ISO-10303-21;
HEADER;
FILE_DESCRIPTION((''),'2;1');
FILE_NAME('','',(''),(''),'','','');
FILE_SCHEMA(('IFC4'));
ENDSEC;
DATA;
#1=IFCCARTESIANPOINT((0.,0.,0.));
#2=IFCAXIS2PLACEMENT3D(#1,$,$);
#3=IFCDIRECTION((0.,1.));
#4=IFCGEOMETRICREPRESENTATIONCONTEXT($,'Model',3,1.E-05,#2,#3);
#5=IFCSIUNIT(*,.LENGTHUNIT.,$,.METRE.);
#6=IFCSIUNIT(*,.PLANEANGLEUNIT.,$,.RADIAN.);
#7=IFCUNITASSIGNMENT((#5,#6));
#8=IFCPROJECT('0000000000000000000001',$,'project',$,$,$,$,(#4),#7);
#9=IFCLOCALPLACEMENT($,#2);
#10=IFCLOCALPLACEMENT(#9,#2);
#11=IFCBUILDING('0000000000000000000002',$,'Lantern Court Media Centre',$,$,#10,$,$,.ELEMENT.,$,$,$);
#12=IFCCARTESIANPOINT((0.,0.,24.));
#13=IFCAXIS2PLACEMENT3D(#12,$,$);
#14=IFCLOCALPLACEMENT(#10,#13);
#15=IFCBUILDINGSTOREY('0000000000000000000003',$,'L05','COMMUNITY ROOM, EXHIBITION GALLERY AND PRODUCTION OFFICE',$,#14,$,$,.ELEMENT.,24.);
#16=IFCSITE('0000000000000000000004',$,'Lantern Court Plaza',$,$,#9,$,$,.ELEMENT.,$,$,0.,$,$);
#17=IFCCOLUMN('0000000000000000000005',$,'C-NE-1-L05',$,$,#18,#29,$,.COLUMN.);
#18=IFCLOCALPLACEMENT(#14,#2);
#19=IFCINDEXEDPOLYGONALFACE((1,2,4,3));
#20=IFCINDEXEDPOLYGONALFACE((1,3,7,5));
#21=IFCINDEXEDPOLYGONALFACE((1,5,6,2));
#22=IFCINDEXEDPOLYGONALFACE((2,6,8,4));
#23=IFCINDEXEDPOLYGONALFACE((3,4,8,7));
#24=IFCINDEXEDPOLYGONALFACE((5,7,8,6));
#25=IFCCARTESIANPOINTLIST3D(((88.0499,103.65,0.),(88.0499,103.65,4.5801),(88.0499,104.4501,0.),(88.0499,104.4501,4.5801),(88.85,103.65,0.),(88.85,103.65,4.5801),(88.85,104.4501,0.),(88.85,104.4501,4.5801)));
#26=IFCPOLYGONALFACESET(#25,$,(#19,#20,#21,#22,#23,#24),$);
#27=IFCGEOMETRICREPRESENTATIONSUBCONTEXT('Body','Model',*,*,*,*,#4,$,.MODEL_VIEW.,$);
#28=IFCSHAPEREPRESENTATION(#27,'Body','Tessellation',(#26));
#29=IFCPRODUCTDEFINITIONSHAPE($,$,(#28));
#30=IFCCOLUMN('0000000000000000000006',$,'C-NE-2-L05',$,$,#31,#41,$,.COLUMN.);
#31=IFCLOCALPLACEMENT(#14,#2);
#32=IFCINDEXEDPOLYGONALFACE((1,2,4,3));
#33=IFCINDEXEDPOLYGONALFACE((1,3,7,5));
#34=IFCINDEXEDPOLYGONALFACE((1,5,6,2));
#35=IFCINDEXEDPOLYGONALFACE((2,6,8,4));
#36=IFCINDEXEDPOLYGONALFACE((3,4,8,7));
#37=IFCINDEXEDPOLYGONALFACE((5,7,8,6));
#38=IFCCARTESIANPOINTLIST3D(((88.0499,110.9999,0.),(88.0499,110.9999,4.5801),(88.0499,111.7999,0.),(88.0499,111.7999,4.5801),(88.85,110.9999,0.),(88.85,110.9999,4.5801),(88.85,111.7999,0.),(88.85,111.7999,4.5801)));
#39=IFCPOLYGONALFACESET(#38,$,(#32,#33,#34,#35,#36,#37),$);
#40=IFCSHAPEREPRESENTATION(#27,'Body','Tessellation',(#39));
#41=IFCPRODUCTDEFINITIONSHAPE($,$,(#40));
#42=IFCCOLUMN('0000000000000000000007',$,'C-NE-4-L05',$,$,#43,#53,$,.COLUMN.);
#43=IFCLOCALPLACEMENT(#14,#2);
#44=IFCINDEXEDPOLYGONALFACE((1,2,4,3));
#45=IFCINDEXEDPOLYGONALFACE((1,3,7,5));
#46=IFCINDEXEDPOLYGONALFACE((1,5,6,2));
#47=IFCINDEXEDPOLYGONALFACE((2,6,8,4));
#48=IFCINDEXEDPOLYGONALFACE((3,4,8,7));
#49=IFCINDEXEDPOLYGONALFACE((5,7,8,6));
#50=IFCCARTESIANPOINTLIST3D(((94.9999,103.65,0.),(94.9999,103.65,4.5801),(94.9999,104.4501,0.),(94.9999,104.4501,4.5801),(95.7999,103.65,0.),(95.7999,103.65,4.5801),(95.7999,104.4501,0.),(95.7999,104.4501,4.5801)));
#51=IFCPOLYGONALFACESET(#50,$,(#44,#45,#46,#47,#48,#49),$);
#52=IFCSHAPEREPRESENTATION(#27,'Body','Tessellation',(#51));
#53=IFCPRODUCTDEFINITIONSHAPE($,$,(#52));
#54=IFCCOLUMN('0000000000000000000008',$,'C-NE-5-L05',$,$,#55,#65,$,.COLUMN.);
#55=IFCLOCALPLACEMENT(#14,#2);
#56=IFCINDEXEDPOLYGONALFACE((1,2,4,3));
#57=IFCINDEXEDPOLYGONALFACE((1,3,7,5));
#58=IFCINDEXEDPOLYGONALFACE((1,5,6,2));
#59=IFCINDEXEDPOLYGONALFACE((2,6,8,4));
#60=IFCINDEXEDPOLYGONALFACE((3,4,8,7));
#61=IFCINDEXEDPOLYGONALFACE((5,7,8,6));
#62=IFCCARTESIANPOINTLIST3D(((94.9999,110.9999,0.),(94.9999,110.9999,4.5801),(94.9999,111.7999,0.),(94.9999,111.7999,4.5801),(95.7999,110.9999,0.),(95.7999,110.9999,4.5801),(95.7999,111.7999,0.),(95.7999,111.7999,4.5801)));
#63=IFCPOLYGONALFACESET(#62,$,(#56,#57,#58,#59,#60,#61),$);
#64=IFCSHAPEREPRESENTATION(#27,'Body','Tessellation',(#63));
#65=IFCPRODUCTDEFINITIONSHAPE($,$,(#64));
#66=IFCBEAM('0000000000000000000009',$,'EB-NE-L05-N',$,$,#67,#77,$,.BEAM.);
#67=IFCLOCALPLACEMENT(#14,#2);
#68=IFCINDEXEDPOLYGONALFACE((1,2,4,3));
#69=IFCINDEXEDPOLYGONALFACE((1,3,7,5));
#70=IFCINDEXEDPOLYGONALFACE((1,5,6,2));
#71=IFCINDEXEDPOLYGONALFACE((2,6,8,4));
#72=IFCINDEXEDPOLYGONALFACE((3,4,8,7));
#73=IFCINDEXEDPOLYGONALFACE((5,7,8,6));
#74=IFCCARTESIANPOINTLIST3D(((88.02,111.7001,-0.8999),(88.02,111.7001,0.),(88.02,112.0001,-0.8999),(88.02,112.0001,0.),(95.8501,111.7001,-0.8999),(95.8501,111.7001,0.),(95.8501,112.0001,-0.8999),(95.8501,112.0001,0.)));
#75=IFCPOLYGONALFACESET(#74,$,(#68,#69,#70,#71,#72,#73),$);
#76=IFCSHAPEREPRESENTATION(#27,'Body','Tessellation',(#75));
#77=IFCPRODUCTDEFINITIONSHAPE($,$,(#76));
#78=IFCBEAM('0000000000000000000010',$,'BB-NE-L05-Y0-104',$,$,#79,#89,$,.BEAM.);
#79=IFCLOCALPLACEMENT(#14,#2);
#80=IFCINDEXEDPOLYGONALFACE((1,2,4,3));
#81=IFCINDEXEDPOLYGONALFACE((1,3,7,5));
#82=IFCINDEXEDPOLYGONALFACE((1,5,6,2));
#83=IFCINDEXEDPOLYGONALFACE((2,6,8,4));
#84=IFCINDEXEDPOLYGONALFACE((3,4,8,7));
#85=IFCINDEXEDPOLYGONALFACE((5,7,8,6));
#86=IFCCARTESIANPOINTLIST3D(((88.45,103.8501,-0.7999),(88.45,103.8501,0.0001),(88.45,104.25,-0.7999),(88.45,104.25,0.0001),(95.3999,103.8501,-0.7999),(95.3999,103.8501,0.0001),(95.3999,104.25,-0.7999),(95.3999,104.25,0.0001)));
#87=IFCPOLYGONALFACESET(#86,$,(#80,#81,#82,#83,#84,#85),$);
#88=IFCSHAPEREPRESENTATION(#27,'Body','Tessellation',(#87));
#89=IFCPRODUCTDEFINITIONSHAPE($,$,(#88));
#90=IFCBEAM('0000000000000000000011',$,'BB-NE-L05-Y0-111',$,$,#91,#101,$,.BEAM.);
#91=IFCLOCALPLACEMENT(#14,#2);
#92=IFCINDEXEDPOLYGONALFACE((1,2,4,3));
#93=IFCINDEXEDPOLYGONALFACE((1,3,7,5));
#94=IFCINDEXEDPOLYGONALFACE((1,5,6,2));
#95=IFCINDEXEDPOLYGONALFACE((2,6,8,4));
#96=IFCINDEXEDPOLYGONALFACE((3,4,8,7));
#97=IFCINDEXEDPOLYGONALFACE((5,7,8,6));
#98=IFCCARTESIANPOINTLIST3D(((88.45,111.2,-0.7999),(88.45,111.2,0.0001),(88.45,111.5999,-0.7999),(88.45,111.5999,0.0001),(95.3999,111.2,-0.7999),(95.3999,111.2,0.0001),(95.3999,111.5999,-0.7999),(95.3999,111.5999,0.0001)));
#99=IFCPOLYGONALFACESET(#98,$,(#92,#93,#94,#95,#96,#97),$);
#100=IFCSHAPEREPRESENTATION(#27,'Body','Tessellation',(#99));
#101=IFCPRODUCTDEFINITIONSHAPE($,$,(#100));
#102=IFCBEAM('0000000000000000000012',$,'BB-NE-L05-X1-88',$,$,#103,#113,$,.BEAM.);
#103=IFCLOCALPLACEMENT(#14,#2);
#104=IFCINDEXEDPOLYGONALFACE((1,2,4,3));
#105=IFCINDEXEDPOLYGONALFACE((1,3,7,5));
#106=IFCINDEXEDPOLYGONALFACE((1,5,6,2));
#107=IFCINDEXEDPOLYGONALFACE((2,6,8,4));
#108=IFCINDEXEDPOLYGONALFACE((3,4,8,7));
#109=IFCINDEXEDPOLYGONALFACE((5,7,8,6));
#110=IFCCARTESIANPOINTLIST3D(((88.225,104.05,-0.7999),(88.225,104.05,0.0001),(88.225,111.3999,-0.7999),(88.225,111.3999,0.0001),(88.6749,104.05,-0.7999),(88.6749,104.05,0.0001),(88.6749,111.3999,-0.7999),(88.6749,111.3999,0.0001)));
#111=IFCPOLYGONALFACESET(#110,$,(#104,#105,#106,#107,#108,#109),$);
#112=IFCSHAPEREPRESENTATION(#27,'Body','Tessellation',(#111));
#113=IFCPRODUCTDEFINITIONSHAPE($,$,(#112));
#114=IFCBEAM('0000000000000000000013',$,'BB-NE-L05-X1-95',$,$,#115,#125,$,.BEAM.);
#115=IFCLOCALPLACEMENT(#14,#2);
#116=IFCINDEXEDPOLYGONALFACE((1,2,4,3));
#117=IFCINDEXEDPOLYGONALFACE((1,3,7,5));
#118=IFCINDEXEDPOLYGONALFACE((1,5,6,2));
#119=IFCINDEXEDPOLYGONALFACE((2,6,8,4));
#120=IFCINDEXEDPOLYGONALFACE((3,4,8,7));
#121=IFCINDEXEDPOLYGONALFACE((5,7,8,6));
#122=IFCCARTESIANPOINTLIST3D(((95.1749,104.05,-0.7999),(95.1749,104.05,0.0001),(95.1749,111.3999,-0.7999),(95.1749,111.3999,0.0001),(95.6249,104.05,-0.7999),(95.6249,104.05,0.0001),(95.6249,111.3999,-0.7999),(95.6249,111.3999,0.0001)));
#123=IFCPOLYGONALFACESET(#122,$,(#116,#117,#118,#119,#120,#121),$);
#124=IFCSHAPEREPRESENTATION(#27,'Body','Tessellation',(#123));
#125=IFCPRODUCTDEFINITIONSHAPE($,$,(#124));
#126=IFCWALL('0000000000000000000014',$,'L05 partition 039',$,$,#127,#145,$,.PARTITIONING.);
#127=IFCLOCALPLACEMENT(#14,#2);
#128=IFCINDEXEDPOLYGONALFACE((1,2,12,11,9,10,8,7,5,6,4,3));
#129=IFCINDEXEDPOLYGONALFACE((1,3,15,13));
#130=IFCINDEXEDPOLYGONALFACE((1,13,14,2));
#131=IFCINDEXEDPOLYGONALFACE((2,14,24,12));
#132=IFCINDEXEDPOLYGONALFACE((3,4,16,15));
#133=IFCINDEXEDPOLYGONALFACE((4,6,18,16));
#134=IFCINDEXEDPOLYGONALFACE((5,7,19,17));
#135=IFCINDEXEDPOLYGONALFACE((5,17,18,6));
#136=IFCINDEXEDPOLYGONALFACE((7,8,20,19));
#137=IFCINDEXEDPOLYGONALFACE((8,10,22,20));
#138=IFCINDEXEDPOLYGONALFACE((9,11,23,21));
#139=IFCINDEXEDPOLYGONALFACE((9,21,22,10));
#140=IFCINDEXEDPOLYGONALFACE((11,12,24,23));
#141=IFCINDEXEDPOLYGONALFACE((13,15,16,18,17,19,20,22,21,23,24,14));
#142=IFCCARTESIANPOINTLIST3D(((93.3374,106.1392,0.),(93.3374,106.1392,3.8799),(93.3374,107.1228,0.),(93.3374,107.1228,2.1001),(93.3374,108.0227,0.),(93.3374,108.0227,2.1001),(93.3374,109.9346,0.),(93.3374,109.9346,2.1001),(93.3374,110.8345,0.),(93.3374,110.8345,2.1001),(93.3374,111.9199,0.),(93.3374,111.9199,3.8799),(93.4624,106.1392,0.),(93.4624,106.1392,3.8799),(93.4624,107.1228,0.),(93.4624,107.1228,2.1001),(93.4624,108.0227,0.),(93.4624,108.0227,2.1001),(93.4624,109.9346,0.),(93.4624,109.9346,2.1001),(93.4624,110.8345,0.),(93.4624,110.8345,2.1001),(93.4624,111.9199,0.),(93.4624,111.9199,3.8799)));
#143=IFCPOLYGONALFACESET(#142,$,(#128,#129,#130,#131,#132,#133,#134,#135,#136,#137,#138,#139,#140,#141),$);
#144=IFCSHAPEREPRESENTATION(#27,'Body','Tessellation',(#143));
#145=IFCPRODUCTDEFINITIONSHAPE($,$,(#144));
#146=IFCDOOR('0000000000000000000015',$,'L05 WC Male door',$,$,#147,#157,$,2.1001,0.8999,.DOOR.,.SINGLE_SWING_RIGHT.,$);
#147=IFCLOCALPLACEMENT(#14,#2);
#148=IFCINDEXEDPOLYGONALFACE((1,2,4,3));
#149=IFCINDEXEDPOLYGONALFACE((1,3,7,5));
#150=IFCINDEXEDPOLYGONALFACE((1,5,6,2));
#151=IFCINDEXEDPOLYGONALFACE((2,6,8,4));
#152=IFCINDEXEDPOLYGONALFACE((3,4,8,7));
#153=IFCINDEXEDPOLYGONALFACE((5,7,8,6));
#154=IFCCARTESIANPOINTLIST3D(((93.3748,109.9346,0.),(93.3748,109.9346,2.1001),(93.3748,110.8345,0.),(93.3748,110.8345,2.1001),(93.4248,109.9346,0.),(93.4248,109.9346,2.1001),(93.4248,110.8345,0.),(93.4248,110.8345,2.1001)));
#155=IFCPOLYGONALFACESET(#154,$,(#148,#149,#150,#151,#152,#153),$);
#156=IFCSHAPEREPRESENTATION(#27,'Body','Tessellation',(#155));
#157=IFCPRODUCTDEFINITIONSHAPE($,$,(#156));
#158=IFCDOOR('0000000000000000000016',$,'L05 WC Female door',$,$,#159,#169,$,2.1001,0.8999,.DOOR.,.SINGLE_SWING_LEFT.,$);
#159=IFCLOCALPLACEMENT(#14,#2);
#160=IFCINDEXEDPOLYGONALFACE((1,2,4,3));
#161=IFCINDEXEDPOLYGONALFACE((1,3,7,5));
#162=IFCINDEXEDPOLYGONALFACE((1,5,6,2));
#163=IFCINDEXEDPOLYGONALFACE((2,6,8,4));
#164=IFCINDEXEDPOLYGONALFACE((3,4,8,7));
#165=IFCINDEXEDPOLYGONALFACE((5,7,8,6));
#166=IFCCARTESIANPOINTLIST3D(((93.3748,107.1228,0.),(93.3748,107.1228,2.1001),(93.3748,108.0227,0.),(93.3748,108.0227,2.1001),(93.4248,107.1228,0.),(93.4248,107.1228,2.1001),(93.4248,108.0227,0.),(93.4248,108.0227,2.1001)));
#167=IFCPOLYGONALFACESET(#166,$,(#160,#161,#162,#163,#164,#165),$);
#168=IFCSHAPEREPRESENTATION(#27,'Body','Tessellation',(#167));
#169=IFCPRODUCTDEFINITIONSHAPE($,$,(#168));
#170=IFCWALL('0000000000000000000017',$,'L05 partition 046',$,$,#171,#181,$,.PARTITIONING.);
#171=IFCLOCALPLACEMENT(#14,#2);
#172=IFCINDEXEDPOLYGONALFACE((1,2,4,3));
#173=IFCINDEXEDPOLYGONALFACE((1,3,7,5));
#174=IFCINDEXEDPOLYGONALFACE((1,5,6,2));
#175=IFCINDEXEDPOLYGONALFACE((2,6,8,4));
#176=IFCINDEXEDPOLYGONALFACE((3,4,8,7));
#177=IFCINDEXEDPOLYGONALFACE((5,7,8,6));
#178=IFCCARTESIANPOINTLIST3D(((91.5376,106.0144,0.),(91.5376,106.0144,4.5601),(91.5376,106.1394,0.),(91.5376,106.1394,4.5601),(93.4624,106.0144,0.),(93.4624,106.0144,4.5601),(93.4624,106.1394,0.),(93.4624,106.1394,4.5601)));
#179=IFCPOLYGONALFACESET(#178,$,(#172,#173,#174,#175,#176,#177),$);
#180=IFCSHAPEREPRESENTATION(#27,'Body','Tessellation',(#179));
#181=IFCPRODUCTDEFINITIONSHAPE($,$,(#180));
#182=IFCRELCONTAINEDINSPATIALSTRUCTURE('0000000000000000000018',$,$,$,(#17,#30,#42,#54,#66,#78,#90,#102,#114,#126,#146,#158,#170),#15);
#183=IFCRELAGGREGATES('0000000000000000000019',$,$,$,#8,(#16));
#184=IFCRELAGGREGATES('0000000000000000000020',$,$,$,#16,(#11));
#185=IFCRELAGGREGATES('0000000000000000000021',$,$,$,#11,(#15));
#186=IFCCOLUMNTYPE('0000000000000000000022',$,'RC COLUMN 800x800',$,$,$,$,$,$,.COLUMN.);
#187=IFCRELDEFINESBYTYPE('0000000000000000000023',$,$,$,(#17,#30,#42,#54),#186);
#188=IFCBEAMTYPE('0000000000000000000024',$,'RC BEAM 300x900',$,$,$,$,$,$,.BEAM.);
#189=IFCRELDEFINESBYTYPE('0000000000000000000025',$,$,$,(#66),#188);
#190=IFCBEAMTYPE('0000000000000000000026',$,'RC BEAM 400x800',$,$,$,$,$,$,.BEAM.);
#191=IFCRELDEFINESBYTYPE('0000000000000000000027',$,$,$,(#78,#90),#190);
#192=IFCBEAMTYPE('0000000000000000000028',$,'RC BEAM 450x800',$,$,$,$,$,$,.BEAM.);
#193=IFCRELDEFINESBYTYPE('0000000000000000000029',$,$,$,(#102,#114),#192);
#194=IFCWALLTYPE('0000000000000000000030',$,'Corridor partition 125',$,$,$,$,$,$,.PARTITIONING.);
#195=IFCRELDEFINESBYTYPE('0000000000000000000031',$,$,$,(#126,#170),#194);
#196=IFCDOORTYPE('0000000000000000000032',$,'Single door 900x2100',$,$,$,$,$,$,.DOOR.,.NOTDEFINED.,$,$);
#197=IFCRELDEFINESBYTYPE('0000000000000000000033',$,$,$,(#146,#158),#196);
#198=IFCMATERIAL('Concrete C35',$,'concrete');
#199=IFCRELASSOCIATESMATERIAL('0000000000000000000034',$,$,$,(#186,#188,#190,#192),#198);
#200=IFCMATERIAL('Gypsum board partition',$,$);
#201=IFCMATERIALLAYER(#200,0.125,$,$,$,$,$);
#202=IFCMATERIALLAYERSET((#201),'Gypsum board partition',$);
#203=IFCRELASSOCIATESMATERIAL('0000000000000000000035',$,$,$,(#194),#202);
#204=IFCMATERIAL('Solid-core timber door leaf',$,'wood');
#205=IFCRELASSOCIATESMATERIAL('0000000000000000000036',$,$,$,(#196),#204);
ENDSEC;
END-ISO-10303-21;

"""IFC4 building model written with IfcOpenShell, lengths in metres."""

from ifc_helpers import new_model, si_unit, direction, frame, frame_2d, origin, origin_2d, place, context, subcontext, project, spatial, rectangle, extrude, material, layer, layer_set, material_profile, profile_set, type_object, element, fill, save


model = new_model("IFC4")

# Units and contexts
model_context = context("Model", 3, precision=1e-05, world=origin(), true_north=direction((0.0, 1.0)))
body_context = subcontext(model_context, "Body", "Model", "MODEL_VIEW")
ifc_project = project(units=[si_unit("LENGTHUNIT", "METRE"), si_unit("PLANEANGLEUNIT", "RADIAN")], contexts=[model_context])

# Site, building, storey
site_placement = place(None, origin())
site = spatial("IfcSite", under=ifc_project, at=site_placement, Name="Lantern Court Plaza", CompositionType="ELEMENT", RefElevation=0.0)
building_placement = place(site_placement, origin())
building = spatial("IfcBuilding", under=site, at=building_placement, Name="Lantern Court Media Centre", CompositionType="ELEMENT")
storey_placement = place(building_placement, frame((0.0, 0.0, 24.0)))
storey = spatial("IfcBuildingStorey", under=building, at=storey_placement, Name="L05", Description="COMMUNITY ROOM, EXHIBITION GALLERY AND PRODUCTION OFFICE", CompositionType="ELEMENT", Elevation=24.0)

# Columns
ifc_material_1 = material(Name="Concrete C35", Category="concrete")
ifc_material_profile_1 = material_profile(ifc_material_1, rectangle(XDim=0.8, YDim=0.8, at=origin_2d()), Name="RC 800x800")
ifc_profile_set_1 = profile_set([ifc_material_profile_1], Name="Concrete C35")
column_type = type_object("IfcColumnType", Name="RC COLUMN 800x800", PredefinedType="COLUMN", material=ifc_profile_set_1)
for number, where, z_axis, x_axis, name in (
    (1, (88.45, 104.05, 0.0), (0.0, 0.0, 1.0), (1.0, 0.0, 0.0), "C-NE-1-L05"),
    (2, (88.45, 111.3999, 0.0), (0.0, 0.0, 1.0), (1.0, 0.0, 0.0), "C-NE-2-L05"),
    (3, (95.3999, 104.05, 0.0), (0.0, 0.0, 1.0), (1.0, 0.0, 0.0), "C-NE-4-L05"),
    (4, (95.3999, 111.3999, 0.0), (0.0, 0.0, 1.0), (1.0, 0.0, 0.0), "C-NE-5-L05"),
):
    element("IfcColumn", number, at=place(storey_placement, frame(where, z_axis=z_axis, x_axis=x_axis)), inside=storey, type_object=column_type, Name=name, PredefinedType="COLUMN", context=body_context, shape_type="SweptSolid", body=[
        extrude(rectangle(XDim=0.8, YDim=0.8, at=origin_2d()), origin(), (0.0, 0.0, 1.0), 4.5801),
    ])

# Beams
ifc_material_profile_2 = material_profile(ifc_material_1, rectangle(XDim=0.3, YDim=0.8999, at=origin_2d()), Name="RC 300x900")
ifc_profile_set_2 = profile_set([ifc_material_profile_2], Name="Concrete C35")
beam_type_1 = type_object("IfcBeamType", Name="RC BEAM 300x900", PredefinedType="BEAM", material=ifc_profile_set_2)
beam_placement = place(storey_placement, frame((88.02, 111.8501, -0.45), z_axis=(1.0, 0.0, 0.0), x_axis=(0.0, 1.0, 0.0)))
element("IfcBeam", 5, at=beam_placement, inside=storey, type_object=beam_type_1, Name="EB-NE-L05-N", PredefinedType="BEAM", context=body_context, shape_type="SweptSolid", body=[
    extrude(rectangle(XDim=0.3, YDim=0.8999, at=origin_2d()), origin(), (0.0, 0.0, 1.0), 7.8301),
])
ifc_material_profile_3 = material_profile(ifc_material_1, rectangle(XDim=0.3999, YDim=0.8, at=origin_2d()), Name="RC 400x800")
ifc_profile_set_3 = profile_set([ifc_material_profile_3], Name="Concrete C35")
beam_type_2 = type_object("IfcBeamType", Name="RC BEAM 400x800", PredefinedType="BEAM", material=ifc_profile_set_3)
for number, where, z_axis, x_axis, name in (
    (6, (88.45, 104.05, -0.3999), (1.0, 0.0, 0.0), (0.0, 1.0, 0.0), "BB-NE-L05-Y0-104"),
    (7, (88.45, 111.3999, -0.3999), (1.0, 0.0, 0.0), (0.0, 1.0, 0.0), "BB-NE-L05-Y0-111"),
):
    element("IfcBeam", number, at=place(storey_placement, frame(where, z_axis=z_axis, x_axis=x_axis)), inside=storey, type_object=beam_type_2, Name=name, PredefinedType="BEAM", context=body_context, shape_type="SweptSolid", body=[
        extrude(rectangle(XDim=0.3999, YDim=0.8, at=origin_2d()), origin(), (0.0, 0.0, 1.0), 6.95),
    ])
ifc_material_profile_4 = material_profile(ifc_material_1, rectangle(XDim=0.45, YDim=0.8, at=origin_2d()), Name="RC 450x800")
ifc_profile_set_4 = profile_set([ifc_material_profile_4], Name="Concrete C35")
beam_type_3 = type_object("IfcBeamType", Name="RC BEAM 450x800", PredefinedType="BEAM", material=ifc_profile_set_4)
for number, where, z_axis, x_axis, name in (
    (8, (88.45, 104.05, -0.3999), (0.0, 1.0, 0.0), (-1.0, 0.0, 0.0), "BB-NE-L05-X1-88"),
    (9, (95.3999, 104.05, -0.3999), (0.0, 1.0, 0.0), (-1.0, 0.0, 0.0), "BB-NE-L05-X1-95"),
):
    element("IfcBeam", number, at=place(storey_placement, frame(where, z_axis=z_axis, x_axis=x_axis)), inside=storey, type_object=beam_type_3, Name=name, PredefinedType="BEAM", context=body_context, shape_type="SweptSolid", body=[
        extrude(rectangle(XDim=0.45, YDim=0.8, at=origin_2d()), origin(), (0.0, 0.0, 1.0), 7.3499),
    ])

# Wall, openings, doors
ifc_material_2 = material(Name="Gypsum board partition")
ifc_layer_1 = layer(ifc_material_2, 0.125)
ifc_layer_set_1 = layer_set([ifc_layer_1], Name="Gypsum board partition")
wall_type_1 = type_object("IfcWallType", Name="Corridor partition 125", PredefinedType="PARTITIONING", material=ifc_layer_set_1)
wall_1_placement = place(storey_placement, frame((93.3999, 106.1392, 0.0), z_axis=(0.0, 0.0, 1.0), x_axis=(0.0, 1.0, 0.0)))
wall_1 = element("IfcWall", 10, at=wall_1_placement, inside=storey, type_object=wall_type_1, Name="L05 partition 039", PredefinedType="PARTITIONING", context=body_context, shape_type="SweptSolid", body=[
    extrude(rectangle(XDim=5.7808, YDim=0.125, at=frame_2d((2.8904, 0.0))), origin(), (0.0, 0.0, 1.0), 3.8799),
])
opening_1_placement = place(wall_1_placement, frame((3.7954, 0.0, 0.0)))
opening_1 = element("IfcOpeningElement", 11, at=opening_1_placement, cuts=wall_1, PredefinedType="OPENING", context=body_context, shape_type="SweptSolid", body=[
    extrude(rectangle(XDim=0.8999, YDim=2.1001, at=frame_2d((0.45, 1.05))), frame((0.0, 0.0725, 0.0), z_axis=(0.0, -1.0, 0.0), x_axis=(1.0, 0.0, 0.0)), (0.0, 0.0, 1.0), 0.145),
])
opening_2_placement = place(wall_1_placement, frame((0.9836, 0.0, 0.0)))
opening_2 = element("IfcOpeningElement", 12, at=opening_2_placement, cuts=wall_1, PredefinedType="OPENING", context=body_context, shape_type="SweptSolid", body=[
    extrude(rectangle(XDim=0.8999, YDim=2.1001, at=frame_2d((0.45, 1.05))), frame((0.0, 0.0725, 0.0), z_axis=(0.0, -1.0, 0.0), x_axis=(1.0, 0.0, 0.0)), (0.0, 0.0, 1.0), 0.145),
])
ifc_material_3 = material(Name="Solid-core timber door leaf", Category="wood")
door_type = type_object("IfcDoorType", Name="Single door 900x2100", OperationType="NOTDEFINED", PredefinedType="DOOR", material=ifc_material_3)
door_1_placement = place(opening_1_placement, frame((0.8999, 0.0, 0.0), z_axis=(0.0, 0.0, 1.0), x_axis=(-1.0, 0.0, 0.0)))
door_1 = element("IfcDoor", 13, at=door_1_placement, inside=storey, type_object=door_type, Name="L05 WC Male door", OperationType="SINGLE_SWING_RIGHT", OverallHeight=2.1001, OverallWidth=0.8999, PredefinedType="DOOR", context=body_context, shape_type="SweptSolid", body=[
    extrude(rectangle(XDim=0.8999, YDim=2.1001, at=frame_2d((0.45, 1.05))), frame((0.0, 0.0249, 0.0), z_axis=(0.0, -1.0, 0.0), x_axis=(1.0, 0.0, 0.0)), (0.0, 0.0, 1.0), 0.05),
])
fill(opening_1, door_1)
door_2_placement = place(opening_2_placement, frame((0.8999, 0.0, 0.0), z_axis=(0.0, 0.0, 1.0), x_axis=(-1.0, 0.0, 0.0)))
door_2 = element("IfcDoor", 14, at=door_2_placement, inside=storey, type_object=door_type, Name="L05 WC Female door", OperationType="SINGLE_SWING_LEFT", OverallHeight=2.1001, OverallWidth=0.8999, PredefinedType="DOOR", context=body_context, shape_type="SweptSolid", body=[
    extrude(rectangle(XDim=0.8999, YDim=2.1001, at=frame_2d((0.45, 1.05))), frame((0.0, 0.0249, 0.0), z_axis=(0.0, -1.0, 0.0), x_axis=(1.0, 0.0, 0.0)), (0.0, 0.0, 1.0), 0.05),
])
fill(opening_2, door_2)

# Wall
wall_2_placement = place(storey_placement, frame((91.5376, 106.0769, 0.0), z_axis=(0.0, 0.0, 1.0), x_axis=(1.0, 0.0, 0.0)))
element("IfcWall", 15, at=wall_2_placement, inside=storey, type_object=wall_type_1, Name="L05 partition 046", PredefinedType="PARTITIONING", context=body_context, shape_type="SweptSolid", body=[
    extrude(rectangle(XDim=1.9248, YDim=0.125, at=frame_2d((0.9624, 0.0))), origin(), (0.0, 0.0, 1.0), 4.5601),
])

save(model, "model.ifc")
